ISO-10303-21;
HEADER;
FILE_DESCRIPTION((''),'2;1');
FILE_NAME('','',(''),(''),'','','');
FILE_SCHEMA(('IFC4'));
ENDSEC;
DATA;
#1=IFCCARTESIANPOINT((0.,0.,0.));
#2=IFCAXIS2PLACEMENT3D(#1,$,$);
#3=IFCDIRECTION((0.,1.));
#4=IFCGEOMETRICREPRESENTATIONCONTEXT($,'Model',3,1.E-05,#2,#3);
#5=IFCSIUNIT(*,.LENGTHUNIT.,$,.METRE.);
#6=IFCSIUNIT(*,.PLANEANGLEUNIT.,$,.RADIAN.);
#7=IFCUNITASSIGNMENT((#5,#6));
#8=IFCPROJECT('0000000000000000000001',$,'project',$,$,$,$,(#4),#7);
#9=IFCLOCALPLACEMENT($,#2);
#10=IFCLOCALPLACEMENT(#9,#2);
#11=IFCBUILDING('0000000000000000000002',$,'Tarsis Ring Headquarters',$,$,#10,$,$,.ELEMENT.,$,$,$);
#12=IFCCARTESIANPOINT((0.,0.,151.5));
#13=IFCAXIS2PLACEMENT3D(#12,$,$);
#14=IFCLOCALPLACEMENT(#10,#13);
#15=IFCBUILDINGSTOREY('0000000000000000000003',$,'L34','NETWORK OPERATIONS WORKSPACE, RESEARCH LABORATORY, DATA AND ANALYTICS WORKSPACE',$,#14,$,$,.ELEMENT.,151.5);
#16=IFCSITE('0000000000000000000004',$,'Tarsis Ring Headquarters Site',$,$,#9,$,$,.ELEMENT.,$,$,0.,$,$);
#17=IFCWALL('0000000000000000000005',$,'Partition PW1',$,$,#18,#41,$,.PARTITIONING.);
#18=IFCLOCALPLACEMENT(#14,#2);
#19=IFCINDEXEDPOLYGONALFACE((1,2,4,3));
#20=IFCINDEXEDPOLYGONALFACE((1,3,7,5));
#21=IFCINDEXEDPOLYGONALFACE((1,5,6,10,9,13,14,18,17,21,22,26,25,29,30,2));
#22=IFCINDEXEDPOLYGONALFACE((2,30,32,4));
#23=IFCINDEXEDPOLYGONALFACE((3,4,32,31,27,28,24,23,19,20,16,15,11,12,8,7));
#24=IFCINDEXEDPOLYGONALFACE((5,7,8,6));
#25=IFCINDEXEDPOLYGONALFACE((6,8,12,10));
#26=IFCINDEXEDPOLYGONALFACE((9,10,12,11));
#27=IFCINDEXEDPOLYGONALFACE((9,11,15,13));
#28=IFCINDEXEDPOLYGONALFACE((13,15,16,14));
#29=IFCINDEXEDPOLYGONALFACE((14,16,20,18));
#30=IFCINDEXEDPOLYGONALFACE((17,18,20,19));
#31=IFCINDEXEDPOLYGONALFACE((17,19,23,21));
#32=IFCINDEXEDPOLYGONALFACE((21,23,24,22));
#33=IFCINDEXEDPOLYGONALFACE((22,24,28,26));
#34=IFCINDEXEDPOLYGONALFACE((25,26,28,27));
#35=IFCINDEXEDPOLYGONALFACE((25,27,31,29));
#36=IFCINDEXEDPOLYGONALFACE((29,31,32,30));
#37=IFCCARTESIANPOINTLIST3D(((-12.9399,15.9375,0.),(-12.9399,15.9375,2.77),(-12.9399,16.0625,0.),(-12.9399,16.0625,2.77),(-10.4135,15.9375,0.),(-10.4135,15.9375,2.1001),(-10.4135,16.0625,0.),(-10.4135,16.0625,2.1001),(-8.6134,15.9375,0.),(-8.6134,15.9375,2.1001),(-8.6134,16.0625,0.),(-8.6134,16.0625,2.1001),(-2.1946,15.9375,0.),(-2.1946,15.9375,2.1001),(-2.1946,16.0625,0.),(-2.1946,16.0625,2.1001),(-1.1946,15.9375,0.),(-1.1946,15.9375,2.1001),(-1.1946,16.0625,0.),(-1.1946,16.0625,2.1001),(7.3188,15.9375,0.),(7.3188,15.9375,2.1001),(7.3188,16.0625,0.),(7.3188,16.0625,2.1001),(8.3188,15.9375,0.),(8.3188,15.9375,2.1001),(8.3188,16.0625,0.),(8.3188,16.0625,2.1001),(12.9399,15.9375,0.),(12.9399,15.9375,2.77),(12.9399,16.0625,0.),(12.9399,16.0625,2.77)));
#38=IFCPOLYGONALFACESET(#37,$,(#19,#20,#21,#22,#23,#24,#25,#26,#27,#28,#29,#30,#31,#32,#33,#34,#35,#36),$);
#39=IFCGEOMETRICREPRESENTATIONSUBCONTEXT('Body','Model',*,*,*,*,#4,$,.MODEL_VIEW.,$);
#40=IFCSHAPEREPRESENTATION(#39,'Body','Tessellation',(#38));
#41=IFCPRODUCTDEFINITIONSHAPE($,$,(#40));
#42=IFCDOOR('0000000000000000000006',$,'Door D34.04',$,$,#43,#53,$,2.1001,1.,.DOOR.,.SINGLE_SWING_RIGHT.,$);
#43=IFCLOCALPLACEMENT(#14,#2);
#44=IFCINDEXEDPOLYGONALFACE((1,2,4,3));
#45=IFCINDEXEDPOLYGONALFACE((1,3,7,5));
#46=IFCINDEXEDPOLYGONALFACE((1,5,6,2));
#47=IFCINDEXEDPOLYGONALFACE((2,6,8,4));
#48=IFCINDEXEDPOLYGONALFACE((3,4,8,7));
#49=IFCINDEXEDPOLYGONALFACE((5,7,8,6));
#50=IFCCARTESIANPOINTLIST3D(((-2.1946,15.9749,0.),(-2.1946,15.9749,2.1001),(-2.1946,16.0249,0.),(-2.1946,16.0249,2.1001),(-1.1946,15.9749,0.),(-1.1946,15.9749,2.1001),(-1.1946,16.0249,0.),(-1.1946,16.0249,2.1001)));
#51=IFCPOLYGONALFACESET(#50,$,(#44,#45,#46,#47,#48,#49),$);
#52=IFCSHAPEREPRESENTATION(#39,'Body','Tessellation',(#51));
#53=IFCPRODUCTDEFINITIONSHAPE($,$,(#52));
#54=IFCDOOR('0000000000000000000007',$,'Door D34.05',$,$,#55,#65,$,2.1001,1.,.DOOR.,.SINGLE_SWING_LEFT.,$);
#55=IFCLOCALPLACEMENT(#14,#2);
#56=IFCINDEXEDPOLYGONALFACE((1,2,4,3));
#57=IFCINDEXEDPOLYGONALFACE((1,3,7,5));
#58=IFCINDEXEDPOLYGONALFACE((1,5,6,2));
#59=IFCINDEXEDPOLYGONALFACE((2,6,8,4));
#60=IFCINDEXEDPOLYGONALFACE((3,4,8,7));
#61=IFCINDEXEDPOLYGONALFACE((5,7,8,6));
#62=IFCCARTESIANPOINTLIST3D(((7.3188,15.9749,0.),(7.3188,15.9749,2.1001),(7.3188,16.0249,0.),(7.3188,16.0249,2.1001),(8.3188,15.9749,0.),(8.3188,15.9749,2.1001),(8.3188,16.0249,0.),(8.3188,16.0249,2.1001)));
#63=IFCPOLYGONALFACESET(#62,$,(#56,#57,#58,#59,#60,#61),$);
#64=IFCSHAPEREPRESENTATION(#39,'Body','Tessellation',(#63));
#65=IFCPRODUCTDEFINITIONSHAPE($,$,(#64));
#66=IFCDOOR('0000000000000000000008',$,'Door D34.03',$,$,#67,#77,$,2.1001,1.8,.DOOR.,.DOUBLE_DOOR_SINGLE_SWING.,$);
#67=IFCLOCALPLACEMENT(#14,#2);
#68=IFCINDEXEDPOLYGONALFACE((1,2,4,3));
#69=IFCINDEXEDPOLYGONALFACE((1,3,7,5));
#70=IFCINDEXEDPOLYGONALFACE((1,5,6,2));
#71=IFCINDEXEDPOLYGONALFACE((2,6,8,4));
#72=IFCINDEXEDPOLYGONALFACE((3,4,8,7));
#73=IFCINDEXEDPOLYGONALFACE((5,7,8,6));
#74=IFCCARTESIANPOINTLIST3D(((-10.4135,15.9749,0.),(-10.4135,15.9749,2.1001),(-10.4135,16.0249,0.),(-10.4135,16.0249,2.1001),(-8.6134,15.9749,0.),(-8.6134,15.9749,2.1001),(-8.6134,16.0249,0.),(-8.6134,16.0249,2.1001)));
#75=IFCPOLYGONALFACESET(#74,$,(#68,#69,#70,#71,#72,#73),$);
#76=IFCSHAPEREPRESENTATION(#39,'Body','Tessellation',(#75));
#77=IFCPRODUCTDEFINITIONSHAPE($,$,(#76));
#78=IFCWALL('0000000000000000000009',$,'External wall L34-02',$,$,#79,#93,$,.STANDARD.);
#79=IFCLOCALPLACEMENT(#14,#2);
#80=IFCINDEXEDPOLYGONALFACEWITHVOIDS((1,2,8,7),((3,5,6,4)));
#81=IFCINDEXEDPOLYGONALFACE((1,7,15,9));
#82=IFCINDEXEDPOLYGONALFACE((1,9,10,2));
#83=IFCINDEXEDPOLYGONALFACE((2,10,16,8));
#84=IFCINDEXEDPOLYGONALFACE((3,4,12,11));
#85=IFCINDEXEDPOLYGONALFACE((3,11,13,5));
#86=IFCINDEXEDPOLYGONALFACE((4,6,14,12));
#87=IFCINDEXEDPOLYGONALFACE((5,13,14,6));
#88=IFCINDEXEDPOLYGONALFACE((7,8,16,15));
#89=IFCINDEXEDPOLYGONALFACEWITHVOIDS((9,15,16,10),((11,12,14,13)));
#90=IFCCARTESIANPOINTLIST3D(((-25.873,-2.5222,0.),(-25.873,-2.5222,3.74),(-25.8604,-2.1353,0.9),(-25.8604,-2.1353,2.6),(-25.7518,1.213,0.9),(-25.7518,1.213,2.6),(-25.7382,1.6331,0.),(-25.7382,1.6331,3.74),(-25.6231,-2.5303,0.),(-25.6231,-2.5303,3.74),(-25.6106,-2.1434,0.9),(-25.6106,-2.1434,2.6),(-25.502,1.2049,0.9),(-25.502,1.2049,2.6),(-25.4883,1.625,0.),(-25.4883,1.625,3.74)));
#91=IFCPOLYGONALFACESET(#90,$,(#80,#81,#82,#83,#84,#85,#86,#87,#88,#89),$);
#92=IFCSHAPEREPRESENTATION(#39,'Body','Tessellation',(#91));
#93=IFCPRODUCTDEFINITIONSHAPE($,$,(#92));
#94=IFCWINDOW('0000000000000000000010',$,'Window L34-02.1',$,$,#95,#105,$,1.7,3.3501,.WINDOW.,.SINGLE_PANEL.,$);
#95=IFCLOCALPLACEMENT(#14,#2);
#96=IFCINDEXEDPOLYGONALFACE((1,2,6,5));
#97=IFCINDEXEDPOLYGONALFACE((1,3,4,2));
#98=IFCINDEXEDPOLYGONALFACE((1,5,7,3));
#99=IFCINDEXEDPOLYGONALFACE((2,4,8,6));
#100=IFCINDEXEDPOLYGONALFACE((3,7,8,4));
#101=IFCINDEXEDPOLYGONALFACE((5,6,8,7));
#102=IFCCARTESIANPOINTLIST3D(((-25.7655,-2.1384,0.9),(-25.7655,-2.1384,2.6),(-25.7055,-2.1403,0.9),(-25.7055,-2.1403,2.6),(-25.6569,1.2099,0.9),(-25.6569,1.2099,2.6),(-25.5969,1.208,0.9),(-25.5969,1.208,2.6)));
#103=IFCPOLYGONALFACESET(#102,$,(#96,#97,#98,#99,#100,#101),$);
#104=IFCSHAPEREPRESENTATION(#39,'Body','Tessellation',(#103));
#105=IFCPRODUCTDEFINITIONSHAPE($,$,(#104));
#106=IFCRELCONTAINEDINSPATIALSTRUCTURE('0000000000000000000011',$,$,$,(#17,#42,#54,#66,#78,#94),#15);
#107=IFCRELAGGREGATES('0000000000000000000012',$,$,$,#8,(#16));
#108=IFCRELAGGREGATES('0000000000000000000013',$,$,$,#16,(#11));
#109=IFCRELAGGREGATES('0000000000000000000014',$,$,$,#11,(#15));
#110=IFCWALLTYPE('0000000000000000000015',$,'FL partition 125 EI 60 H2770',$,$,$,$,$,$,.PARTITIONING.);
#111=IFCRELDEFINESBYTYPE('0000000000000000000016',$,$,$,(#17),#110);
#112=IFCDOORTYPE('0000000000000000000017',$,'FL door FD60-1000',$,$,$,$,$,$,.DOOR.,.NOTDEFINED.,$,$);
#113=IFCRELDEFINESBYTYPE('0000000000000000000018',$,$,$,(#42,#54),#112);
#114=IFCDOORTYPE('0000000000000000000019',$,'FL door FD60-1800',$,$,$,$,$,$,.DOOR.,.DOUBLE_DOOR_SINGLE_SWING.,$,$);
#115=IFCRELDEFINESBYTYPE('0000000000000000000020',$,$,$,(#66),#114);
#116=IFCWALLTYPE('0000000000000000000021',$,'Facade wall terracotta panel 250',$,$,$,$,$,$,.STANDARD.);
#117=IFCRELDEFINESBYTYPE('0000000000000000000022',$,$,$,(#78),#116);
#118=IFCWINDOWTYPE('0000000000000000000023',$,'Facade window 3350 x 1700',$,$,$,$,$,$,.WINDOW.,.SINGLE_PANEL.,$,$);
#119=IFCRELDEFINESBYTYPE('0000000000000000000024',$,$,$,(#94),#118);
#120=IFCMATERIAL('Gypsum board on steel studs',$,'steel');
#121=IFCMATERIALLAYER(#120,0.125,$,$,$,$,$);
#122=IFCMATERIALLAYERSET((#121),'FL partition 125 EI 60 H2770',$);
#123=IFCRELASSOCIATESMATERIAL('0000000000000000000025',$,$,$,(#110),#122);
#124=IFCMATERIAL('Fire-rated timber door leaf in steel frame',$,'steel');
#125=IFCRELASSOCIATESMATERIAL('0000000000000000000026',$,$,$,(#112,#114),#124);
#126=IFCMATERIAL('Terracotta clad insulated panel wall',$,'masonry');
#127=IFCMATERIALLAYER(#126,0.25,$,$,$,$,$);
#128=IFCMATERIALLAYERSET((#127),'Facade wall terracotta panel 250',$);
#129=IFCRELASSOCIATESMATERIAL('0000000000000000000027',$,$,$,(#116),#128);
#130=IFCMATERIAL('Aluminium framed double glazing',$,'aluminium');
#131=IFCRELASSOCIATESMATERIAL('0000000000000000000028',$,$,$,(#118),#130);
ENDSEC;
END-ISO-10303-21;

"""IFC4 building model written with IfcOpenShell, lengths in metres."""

from ifc_helpers import new_model, si_unit, direction, frame, frame_2d, origin, place, context, subcontext, project, spatial, rectangle, extrude, material, layer, layer_set, type_object, element, fill, save


model = new_model("IFC4")

# Units and contexts
model_context = context("Model", 3, precision=1e-05, world=origin(), true_north=direction((0.0, 1.0)))
body_context = subcontext(model_context, "Body", "Model", "MODEL_VIEW")
ifc_project = project(units=[si_unit("LENGTHUNIT", "METRE"), si_unit("PLANEANGLEUNIT", "RADIAN")], contexts=[model_context])

# Site, building, storey
site_placement = place(None, origin())
site = spatial("IfcSite", under=ifc_project, at=site_placement, Name="Tarsis Ring Headquarters Site", CompositionType="ELEMENT", RefElevation=0.0)
building_placement = place(site_placement, origin())
building = spatial("IfcBuilding", under=site, at=building_placement, Name="Tarsis Ring Headquarters", CompositionType="ELEMENT")
storey_placement = place(building_placement, frame((0.0, 0.0, 151.5)))
storey = spatial("IfcBuildingStorey", under=building, at=storey_placement, Name="L34", Description="NETWORK OPERATIONS WORKSPACE, RESEARCH LABORATORY, DATA AND ANALYTICS WORKSPACE", CompositionType="ELEMENT", Elevation=151.5)

# Shared definitions
ifc_material_1 = material(Name="Gypsum board on steel studs", Category="steel")

# Wall, openings, doors
ifc_layer_1 = layer(ifc_material_1, 0.125)
ifc_layer_set_1 = layer_set([ifc_layer_1], Name="FL partition 125 EI 60 H2770")
wall_type_1 = type_object("IfcWallType", Name="FL partition 125 EI 60 H2770", PredefinedType="PARTITIONING", material=ifc_layer_set_1)
wall_1_placement = place(storey_placement, frame((-12.9399, 16.0, 0.0), z_axis=(0.0, 0.0, 1.0), x_axis=(1.0, 0.0, 0.0)))
wall_1 = element("IfcWall", 1, at=wall_1_placement, inside=storey, type_object=wall_type_1, Name="Partition PW1", PredefinedType="PARTITIONING", context=body_context, shape_type="SweptSolid", body=[
    extrude(rectangle(XDim=25.8799, YDim=0.125, at=frame_2d((12.9399, 0.0))), origin(), (0.0, 0.0, 1.0), 2.77),
])
opening_1_placement = place(wall_1_placement, frame((2.5266, 0.0, 0.0)))
opening_1 = element("IfcOpeningElement", 2, at=opening_1_placement, cuts=wall_1, PredefinedType="OPENING", context=body_context, shape_type="SweptSolid", body=[
    extrude(rectangle(XDim=1.8, YDim=2.1001, at=frame_2d((0.8999, 1.05))), frame((0.0, 0.0725, 0.0), z_axis=(0.0, -1.0, 0.0), x_axis=(1.0, 0.0, 0.0)), (0.0, 0.0, 1.0), 0.145),
])
opening_2_placement = place(wall_1_placement, frame((10.7454, 0.0, 0.0)))
opening_2 = element("IfcOpeningElement", 3, at=opening_2_placement, cuts=wall_1, PredefinedType="OPENING", context=body_context, shape_type="SweptSolid", body=[
    extrude(rectangle(XDim=1.0, YDim=2.1001, at=frame_2d((0.5, 1.05))), frame((0.0, 0.0725, 0.0), z_axis=(0.0, -1.0, 0.0), x_axis=(1.0, 0.0, 0.0)), (0.0, 0.0, 1.0), 0.145),
])
opening_3_placement = place(wall_1_placement, frame((20.2588, 0.0, 0.0)))
opening_3 = element("IfcOpeningElement", 4, at=opening_3_placement, cuts=wall_1, PredefinedType="OPENING", context=body_context, shape_type="SweptSolid", body=[
    extrude(rectangle(XDim=1.0, YDim=2.1001, at=frame_2d((0.5, 1.05))), frame((0.0, 0.0725, 0.0), z_axis=(0.0, -1.0, 0.0), x_axis=(1.0, 0.0, 0.0)), (0.0, 0.0, 1.0), 0.145),
])
ifc_material_2 = material(Name="Fire-rated timber door leaf in steel frame", Category="steel")
door_type_1 = type_object("IfcDoorType", Name="FL door FD60-1000", OperationType="NOTDEFINED", PredefinedType="DOOR", material=ifc_material_2)
door_1_placement = place(opening_2_placement, origin())
door_1 = element("IfcDoor", 5, at=door_1_placement, inside=storey, type_object=door_type_1, Name="Door D34.04", OperationType="SINGLE_SWING_RIGHT", OverallHeight=2.1001, OverallWidth=1.0, PredefinedType="DOOR", context=body_context, shape_type="SweptSolid", body=[
    extrude(rectangle(XDim=1.0, YDim=2.1001, at=frame_2d((0.5, 1.05))), frame((0.0, 0.0249, 0.0), z_axis=(0.0, -1.0, 0.0), x_axis=(1.0, 0.0, 0.0)), (0.0, 0.0, 1.0), 0.05),
])
fill(opening_2, door_1)
door_2_placement = place(opening_3_placement, origin())
door_2 = element("IfcDoor", 6, at=door_2_placement, inside=storey, type_object=door_type_1, Name="Door D34.05", OperationType="SINGLE_SWING_LEFT", OverallHeight=2.1001, OverallWidth=1.0, PredefinedType="DOOR", context=body_context, shape_type="SweptSolid", body=[
    extrude(rectangle(XDim=1.0, YDim=2.1001, at=frame_2d((0.5, 1.05))), frame((0.0, 0.0249, 0.0), z_axis=(0.0, -1.0, 0.0), x_axis=(1.0, 0.0, 0.0)), (0.0, 0.0, 1.0), 0.05),
])
fill(opening_3, door_2)
door_type_2 = type_object("IfcDoorType", Name="FL door FD60-1800", OperationType="DOUBLE_DOOR_SINGLE_SWING", PredefinedType="DOOR", material=ifc_material_2)
door_3_placement = place(opening_1_placement, origin())
door_3 = element("IfcDoor", 7, at=door_3_placement, inside=storey, type_object=door_type_2, Name="Door D34.03", OperationType="DOUBLE_DOOR_SINGLE_SWING", OverallHeight=2.1001, OverallWidth=1.8, PredefinedType="DOOR", context=body_context, shape_type="SweptSolid", body=[
    extrude(rectangle(XDim=1.8, YDim=2.1001, at=frame_2d((0.8999, 1.05))), frame((0.0, 0.0249, 0.0), z_axis=(0.0, -1.0, 0.0), x_axis=(1.0, 0.0, 0.0)), (0.0, 0.0, 1.0), 0.05),
])
fill(opening_1, door_3)

# Wall, opening, window
ifc_material_3 = material(Name="Terracotta clad insulated panel wall", Category="masonry")
ifc_layer_2 = layer(ifc_material_3, 0.25)
ifc_layer_set_2 = layer_set([ifc_layer_2], Name="Facade wall terracotta panel 250")
wall_type_2 = type_object("IfcWallType", Name="Facade wall terracotta panel 250", PredefinedType="STANDARD", material=ifc_layer_set_2)
wall_2_placement = place(storey_placement, frame((-25.6133, 1.6289, 0.0), z_axis=(0.0, 0.0, 1.0), x_axis=(-0.032415, -0.999474, 0.0)))
wall_2 = element("IfcWall", 8, at=wall_2_placement, inside=storey, type_object=wall_type_2, Name="External wall L34-02", PredefinedType="STANDARD", context=body_context, shape_type="SweptSolid", body=[
    extrude(rectangle(XDim=4.1575, YDim=0.25, at=frame_2d((2.0786, 0.0))), origin(), (0.0, 0.0, 1.0), 3.74),
])
opening_4_placement = place(wall_2_placement, frame((0.4202, 0.0, 0.8999)))
opening_4 = element("IfcOpeningElement", 9, at=opening_4_placement, cuts=wall_2, PredefinedType="OPENING", context=body_context, shape_type="SweptSolid", body=[
    extrude(rectangle(XDim=3.3501, YDim=1.7, at=frame_2d((1.675, 0.8501))), frame((0.0, 0.135, 0.0), z_axis=(0.0, -1.0, 0.0), x_axis=(1.0, 0.0, 0.0)), (0.0, 0.0, 1.0), 0.27),
])
ifc_material_4 = material(Name="Aluminium framed double glazing", Category="aluminium")
window_type = type_object("IfcWindowType", Name="Facade window 3350 x 1700", PartitioningType="SINGLE_PANEL", PredefinedType="WINDOW", material=ifc_material_4)
window_placement = place(opening_4_placement, origin())
window = element("IfcWindow", 10, at=window_placement, inside=storey, type_object=window_type, Name="Window L34-02.1", OverallHeight=1.7, OverallWidth=3.3501, PartitioningType="SINGLE_PANEL", PredefinedType="WINDOW", context=body_context, shape_type="SweptSolid", body=[
    extrude(rectangle(XDim=3.3501, YDim=1.7, at=frame_2d((1.675, 0.8501))), frame((0.0, 0.03, 0.0), z_axis=(0.0, -1.0, 0.0), x_axis=(1.0, 0.0, 0.0)), (0.0, 0.0, 1.0), 0.0601),
])
fill(opening_4, window)

save(model, "model.ifc")
